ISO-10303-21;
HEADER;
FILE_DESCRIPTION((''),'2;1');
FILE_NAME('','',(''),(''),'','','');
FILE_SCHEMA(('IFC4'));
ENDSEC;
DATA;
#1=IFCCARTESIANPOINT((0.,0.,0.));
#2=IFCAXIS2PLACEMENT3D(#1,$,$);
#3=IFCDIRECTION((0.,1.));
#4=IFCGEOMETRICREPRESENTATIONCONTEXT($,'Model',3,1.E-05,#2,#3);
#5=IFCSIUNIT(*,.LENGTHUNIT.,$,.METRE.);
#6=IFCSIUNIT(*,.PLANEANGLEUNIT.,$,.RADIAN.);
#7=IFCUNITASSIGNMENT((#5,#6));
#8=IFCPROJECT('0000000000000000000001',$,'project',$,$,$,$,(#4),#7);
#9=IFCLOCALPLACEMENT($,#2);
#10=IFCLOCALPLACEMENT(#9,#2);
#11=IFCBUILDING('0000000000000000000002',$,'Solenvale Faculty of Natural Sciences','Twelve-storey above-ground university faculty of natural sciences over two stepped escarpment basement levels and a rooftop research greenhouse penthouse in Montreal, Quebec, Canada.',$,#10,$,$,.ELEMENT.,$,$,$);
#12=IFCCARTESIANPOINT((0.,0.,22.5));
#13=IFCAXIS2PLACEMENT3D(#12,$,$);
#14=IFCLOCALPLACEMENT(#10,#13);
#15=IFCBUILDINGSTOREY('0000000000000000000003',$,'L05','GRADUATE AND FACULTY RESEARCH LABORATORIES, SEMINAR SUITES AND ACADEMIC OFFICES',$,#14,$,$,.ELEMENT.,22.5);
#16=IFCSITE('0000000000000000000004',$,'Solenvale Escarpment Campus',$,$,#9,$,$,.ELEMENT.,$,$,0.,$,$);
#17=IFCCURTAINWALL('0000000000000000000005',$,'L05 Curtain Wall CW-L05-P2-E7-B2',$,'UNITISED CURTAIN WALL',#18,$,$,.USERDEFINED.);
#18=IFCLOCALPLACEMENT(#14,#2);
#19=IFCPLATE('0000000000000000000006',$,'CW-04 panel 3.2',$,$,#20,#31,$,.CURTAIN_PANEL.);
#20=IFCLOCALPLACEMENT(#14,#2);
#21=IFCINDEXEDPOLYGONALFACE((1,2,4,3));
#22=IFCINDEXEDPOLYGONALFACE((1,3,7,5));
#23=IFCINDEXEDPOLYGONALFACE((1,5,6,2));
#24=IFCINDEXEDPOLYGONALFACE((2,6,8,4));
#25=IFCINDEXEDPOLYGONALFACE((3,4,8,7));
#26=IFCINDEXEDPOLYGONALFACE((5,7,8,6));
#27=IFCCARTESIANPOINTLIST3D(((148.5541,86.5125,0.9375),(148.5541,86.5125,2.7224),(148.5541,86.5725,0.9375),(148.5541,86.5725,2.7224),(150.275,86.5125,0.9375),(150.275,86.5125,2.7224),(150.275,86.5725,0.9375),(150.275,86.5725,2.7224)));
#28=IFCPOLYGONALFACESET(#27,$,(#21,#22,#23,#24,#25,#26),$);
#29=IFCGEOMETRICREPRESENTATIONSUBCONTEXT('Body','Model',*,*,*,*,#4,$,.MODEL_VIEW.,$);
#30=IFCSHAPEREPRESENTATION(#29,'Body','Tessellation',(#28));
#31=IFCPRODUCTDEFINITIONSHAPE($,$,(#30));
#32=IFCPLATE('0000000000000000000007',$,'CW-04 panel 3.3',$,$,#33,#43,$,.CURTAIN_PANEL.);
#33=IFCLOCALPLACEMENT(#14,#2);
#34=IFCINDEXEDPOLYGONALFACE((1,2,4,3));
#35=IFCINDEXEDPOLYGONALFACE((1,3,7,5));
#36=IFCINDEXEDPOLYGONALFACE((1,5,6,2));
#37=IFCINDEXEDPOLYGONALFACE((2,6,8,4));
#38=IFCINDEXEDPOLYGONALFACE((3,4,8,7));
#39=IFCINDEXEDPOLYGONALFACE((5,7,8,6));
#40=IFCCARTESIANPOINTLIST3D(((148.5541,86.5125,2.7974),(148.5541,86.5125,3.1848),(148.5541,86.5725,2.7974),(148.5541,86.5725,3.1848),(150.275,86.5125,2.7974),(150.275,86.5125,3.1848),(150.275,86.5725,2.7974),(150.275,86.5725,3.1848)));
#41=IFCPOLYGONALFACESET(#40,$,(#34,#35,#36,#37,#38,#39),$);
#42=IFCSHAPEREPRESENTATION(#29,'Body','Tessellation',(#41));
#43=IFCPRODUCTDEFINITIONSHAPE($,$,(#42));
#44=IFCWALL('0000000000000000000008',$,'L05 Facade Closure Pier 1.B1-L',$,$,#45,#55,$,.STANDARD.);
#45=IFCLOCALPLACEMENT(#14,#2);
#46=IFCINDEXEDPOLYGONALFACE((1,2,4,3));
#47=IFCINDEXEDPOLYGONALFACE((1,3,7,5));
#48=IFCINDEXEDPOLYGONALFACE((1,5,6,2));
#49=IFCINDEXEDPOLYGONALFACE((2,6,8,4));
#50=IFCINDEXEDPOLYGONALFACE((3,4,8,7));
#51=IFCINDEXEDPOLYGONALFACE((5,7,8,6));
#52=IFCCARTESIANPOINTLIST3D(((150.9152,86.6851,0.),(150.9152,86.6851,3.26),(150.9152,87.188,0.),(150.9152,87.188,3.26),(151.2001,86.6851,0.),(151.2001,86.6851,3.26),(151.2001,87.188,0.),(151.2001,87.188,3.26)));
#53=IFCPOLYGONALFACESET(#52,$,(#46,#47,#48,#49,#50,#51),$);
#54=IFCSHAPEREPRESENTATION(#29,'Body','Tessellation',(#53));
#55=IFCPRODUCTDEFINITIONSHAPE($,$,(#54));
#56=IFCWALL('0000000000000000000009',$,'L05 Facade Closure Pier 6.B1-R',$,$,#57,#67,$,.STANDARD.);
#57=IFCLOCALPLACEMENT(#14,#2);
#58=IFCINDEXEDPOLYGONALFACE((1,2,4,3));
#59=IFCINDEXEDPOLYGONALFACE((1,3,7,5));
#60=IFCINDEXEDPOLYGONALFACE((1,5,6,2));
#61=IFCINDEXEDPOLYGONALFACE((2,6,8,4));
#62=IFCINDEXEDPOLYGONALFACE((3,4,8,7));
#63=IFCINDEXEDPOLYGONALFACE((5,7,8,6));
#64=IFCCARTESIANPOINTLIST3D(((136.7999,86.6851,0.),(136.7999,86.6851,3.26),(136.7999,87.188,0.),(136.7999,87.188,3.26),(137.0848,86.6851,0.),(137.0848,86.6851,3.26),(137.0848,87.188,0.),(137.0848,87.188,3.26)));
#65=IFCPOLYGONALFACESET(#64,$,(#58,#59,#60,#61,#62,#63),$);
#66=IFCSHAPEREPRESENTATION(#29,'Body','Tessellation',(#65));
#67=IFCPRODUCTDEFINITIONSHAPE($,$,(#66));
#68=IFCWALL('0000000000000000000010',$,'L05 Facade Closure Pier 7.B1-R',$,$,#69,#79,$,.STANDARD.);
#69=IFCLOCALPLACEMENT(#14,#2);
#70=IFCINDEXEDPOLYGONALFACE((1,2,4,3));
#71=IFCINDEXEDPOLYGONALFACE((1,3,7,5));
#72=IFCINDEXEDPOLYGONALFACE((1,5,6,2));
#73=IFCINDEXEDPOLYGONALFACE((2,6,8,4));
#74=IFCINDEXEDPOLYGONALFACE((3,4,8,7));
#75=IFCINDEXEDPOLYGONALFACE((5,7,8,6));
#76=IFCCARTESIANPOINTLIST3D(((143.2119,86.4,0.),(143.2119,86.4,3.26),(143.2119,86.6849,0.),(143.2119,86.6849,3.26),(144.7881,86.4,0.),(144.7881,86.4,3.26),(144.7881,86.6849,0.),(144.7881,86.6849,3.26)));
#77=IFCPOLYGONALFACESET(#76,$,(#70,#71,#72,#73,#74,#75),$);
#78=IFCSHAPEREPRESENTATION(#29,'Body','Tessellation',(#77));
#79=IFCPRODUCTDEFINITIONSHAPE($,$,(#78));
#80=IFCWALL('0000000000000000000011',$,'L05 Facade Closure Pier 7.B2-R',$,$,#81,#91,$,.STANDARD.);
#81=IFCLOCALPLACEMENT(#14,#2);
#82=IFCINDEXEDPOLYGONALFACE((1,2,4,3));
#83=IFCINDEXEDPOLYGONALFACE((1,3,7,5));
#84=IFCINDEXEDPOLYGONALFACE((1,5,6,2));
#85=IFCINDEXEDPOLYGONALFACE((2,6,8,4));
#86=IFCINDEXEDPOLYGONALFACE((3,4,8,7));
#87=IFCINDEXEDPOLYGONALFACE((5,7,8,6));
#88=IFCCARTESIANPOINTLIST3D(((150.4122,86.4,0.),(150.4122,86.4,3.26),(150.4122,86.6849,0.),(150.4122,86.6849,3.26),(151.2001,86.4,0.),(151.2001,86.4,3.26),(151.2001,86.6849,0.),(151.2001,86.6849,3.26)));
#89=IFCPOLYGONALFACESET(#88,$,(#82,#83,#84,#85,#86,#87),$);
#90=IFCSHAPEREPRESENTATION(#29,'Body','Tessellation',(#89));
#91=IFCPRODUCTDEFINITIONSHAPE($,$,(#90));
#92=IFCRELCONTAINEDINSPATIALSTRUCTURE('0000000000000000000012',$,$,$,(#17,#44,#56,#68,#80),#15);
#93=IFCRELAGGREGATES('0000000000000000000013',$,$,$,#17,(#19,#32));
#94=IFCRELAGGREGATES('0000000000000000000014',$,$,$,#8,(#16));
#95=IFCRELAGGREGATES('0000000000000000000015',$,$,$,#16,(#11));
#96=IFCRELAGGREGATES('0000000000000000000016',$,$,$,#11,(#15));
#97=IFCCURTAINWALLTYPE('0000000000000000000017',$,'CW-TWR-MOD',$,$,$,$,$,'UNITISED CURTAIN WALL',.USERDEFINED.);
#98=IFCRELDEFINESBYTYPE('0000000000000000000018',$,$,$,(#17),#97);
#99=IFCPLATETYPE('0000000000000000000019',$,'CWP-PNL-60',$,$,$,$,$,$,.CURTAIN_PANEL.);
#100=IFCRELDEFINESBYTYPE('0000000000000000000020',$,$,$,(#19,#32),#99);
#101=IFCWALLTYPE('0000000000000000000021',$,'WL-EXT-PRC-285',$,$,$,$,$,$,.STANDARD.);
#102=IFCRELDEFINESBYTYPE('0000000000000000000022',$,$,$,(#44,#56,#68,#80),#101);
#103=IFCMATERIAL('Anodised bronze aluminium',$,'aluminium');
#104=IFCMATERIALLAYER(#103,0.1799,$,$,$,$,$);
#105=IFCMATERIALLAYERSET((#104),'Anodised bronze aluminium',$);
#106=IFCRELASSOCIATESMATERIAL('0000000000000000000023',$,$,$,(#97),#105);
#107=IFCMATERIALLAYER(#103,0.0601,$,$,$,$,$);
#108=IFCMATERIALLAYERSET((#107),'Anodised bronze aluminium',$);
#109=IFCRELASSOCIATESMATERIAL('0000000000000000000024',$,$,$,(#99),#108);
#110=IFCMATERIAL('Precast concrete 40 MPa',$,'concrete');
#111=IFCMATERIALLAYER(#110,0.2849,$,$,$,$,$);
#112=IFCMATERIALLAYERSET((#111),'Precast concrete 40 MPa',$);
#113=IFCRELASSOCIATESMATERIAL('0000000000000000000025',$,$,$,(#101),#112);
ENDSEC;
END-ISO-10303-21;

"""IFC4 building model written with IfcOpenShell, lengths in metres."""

from ifc_helpers import new_model, si_unit, direction, frame, frame_2d, origin, origin_2d, place, context, subcontext, project, spatial, rectangle, extrude, material, layer, layer_set, type_object, element, aggregate, save


model = new_model("IFC4")

# Units and contexts
model_context = context("Model", 3, precision=1e-05, world=origin(), true_north=direction((0.0, 1.0)))
body_context = subcontext(model_context, "Body", "Model", "MODEL_VIEW")
ifc_project = project(units=[si_unit("LENGTHUNIT", "METRE"), si_unit("PLANEANGLEUNIT", "RADIAN")], contexts=[model_context])

# Site, building, storey
site_placement = place(None, origin())
site = spatial("IfcSite", under=ifc_project, at=site_placement, Name="Solenvale Escarpment Campus", CompositionType="ELEMENT", RefElevation=0.0)
building_placement = place(site_placement, origin())
building = spatial("IfcBuilding", under=site, at=building_placement, Name="Solenvale Faculty of Natural Sciences", Description="Twelve-storey above-ground university faculty of natural sciences over two stepped escarpment basement levels and a rooftop research greenhouse penthouse in Montreal, Quebec, Canada.", CompositionType="ELEMENT")
storey_placement = place(building_placement, frame((0.0, 0.0, 22.5)))
storey = spatial("IfcBuildingStorey", under=building, at=storey_placement, Name="L05", Description="GRADUATE AND FACULTY RESEARCH LABORATORIES, SEMINAR SUITES AND ACADEMIC OFFICES", CompositionType="ELEMENT", Elevation=22.5)

# Shared definitions
ifc_material_1 = material(Name="Anodised bronze aluminium", Category="aluminium")
ifc_layer_1 = layer(ifc_material_1, 0.1799)
ifc_layer_set_1 = layer_set([ifc_layer_1], Name="Anodised bronze aluminium")
curtain_wall_type = type_object("IfcCurtainWallType", Name="CW-TWR-MOD", ElementType="UNITISED CURTAIN WALL", PredefinedType="USERDEFINED", material=ifc_layer_set_1)

# Curtain wall
curtain_wall_1_placement = place(storey_placement, origin())
curtain_wall_1 = element("IfcCurtainWall", 1, at=curtain_wall_1_placement, inside=storey, type_object=curtain_wall_type, Name="L05 Curtain Wall CW-L05-P2-E7-B2", ObjectType="UNITISED CURTAIN WALL", PredefinedType="USERDEFINED")

# Plates
ifc_layer_2 = layer(ifc_material_1, 0.0601)
ifc_layer_set_2 = layer_set([ifc_layer_2], Name="Anodised bronze aluminium")
plate_type = type_object("IfcPlateType", Name="CWP-PNL-60", PredefinedType="CURTAIN_PANEL", material=ifc_layer_set_2)
plate_1_placement = place(storey_placement, frame((149.4146, 86.5425, 0.9375), z_axis=(0.0, 0.0, 1.0), x_axis=(1.0, 0.0, 0.0)))
plate_1 = element("IfcPlate", 2, at=plate_1_placement, type_object=plate_type, Name="CW-04 panel 3.2", PredefinedType="CURTAIN_PANEL", context=body_context, shape_type="SweptSolid", body=[
    extrude(rectangle(XDim=1.7209, YDim=0.0601, at=origin_2d()), origin(), (0.0, 0.0, 1.0), 1.7849),
])
plate_2_placement = place(storey_placement, frame((149.4146, 86.5425, 2.7974), z_axis=(0.0, 0.0, 1.0), x_axis=(1.0, 0.0, 0.0)))
plate_2 = element("IfcPlate", 3, at=plate_2_placement, type_object=plate_type, Name="CW-04 panel 3.3", PredefinedType="CURTAIN_PANEL", context=body_context, shape_type="SweptSolid", body=[
    extrude(rectangle(XDim=1.7209, YDim=0.0601, at=origin_2d()), origin(), (0.0, 0.0, 1.0), 0.3875),
])
aggregate(curtain_wall_1, [plate_1, plate_2])

# Walls
ifc_material_2 = material(Name="Precast concrete 40 MPa", Category="concrete")
ifc_layer_3 = layer(ifc_material_2, 0.2849)
ifc_layer_set_3 = layer_set([ifc_layer_3], Name="Precast concrete 40 MPa")
wall_type = type_object("IfcWallType", Name="WL-EXT-PRC-285", PredefinedType="STANDARD", material=ifc_layer_set_3)
for number, where, z_axis, x_axis, name in (
    (4, (151.0576, 86.6851, 0.0), (0.0, 0.0, 1.0), (0.0, 1.0, 0.0), "L05 Facade Closure Pier 1.B1-L"),
    (5, (136.9424, 87.188, 0.0), (0.0, 0.0, 1.0), (0.0, -1.0, 0.0), "L05 Facade Closure Pier 6.B1-R"),
):
    element("IfcWall", number, at=place(storey_placement, frame(where, z_axis=z_axis, x_axis=x_axis)), inside=storey, type_object=wall_type, Name=name, PredefinedType="STANDARD", context=body_context, shape_type="SweptSolid", body=[
        extrude(rectangle(XDim=0.5029, YDim=0.2849, at=frame_2d((0.2515, 0.0))), origin(), (0.0, 0.0, 1.0), 3.26),
    ])
wall_1_placement = place(storey_placement, frame((143.2119, 86.5425, 0.0), z_axis=(0.0, 0.0, 1.0), x_axis=(1.0, 0.0, 0.0)))
element("IfcWall", 6, at=wall_1_placement, inside=storey, type_object=wall_type, Name="L05 Facade Closure Pier 7.B1-R", PredefinedType="STANDARD", context=body_context, shape_type="SweptSolid", body=[
    extrude(rectangle(XDim=1.5762, YDim=0.2849, at=frame_2d((0.7881, 0.0))), origin(), (0.0, 0.0, 1.0), 3.26),
])
wall_2_placement = place(storey_placement, frame((150.4121, 86.5425, 0.0), z_axis=(0.0, 0.0, 1.0), x_axis=(1.0, 0.0, 0.0)))
element("IfcWall", 7, at=wall_2_placement, inside=storey, type_object=wall_type, Name="L05 Facade Closure Pier 7.B2-R", PredefinedType="STANDARD", context=body_context, shape_type="SweptSolid", body=[
    extrude(rectangle(XDim=0.7878, YDim=0.2849, at=frame_2d((0.394, 0.0))), origin(), (0.0, 0.0, 1.0), 3.26),
])

save(model, "model.ifc")
